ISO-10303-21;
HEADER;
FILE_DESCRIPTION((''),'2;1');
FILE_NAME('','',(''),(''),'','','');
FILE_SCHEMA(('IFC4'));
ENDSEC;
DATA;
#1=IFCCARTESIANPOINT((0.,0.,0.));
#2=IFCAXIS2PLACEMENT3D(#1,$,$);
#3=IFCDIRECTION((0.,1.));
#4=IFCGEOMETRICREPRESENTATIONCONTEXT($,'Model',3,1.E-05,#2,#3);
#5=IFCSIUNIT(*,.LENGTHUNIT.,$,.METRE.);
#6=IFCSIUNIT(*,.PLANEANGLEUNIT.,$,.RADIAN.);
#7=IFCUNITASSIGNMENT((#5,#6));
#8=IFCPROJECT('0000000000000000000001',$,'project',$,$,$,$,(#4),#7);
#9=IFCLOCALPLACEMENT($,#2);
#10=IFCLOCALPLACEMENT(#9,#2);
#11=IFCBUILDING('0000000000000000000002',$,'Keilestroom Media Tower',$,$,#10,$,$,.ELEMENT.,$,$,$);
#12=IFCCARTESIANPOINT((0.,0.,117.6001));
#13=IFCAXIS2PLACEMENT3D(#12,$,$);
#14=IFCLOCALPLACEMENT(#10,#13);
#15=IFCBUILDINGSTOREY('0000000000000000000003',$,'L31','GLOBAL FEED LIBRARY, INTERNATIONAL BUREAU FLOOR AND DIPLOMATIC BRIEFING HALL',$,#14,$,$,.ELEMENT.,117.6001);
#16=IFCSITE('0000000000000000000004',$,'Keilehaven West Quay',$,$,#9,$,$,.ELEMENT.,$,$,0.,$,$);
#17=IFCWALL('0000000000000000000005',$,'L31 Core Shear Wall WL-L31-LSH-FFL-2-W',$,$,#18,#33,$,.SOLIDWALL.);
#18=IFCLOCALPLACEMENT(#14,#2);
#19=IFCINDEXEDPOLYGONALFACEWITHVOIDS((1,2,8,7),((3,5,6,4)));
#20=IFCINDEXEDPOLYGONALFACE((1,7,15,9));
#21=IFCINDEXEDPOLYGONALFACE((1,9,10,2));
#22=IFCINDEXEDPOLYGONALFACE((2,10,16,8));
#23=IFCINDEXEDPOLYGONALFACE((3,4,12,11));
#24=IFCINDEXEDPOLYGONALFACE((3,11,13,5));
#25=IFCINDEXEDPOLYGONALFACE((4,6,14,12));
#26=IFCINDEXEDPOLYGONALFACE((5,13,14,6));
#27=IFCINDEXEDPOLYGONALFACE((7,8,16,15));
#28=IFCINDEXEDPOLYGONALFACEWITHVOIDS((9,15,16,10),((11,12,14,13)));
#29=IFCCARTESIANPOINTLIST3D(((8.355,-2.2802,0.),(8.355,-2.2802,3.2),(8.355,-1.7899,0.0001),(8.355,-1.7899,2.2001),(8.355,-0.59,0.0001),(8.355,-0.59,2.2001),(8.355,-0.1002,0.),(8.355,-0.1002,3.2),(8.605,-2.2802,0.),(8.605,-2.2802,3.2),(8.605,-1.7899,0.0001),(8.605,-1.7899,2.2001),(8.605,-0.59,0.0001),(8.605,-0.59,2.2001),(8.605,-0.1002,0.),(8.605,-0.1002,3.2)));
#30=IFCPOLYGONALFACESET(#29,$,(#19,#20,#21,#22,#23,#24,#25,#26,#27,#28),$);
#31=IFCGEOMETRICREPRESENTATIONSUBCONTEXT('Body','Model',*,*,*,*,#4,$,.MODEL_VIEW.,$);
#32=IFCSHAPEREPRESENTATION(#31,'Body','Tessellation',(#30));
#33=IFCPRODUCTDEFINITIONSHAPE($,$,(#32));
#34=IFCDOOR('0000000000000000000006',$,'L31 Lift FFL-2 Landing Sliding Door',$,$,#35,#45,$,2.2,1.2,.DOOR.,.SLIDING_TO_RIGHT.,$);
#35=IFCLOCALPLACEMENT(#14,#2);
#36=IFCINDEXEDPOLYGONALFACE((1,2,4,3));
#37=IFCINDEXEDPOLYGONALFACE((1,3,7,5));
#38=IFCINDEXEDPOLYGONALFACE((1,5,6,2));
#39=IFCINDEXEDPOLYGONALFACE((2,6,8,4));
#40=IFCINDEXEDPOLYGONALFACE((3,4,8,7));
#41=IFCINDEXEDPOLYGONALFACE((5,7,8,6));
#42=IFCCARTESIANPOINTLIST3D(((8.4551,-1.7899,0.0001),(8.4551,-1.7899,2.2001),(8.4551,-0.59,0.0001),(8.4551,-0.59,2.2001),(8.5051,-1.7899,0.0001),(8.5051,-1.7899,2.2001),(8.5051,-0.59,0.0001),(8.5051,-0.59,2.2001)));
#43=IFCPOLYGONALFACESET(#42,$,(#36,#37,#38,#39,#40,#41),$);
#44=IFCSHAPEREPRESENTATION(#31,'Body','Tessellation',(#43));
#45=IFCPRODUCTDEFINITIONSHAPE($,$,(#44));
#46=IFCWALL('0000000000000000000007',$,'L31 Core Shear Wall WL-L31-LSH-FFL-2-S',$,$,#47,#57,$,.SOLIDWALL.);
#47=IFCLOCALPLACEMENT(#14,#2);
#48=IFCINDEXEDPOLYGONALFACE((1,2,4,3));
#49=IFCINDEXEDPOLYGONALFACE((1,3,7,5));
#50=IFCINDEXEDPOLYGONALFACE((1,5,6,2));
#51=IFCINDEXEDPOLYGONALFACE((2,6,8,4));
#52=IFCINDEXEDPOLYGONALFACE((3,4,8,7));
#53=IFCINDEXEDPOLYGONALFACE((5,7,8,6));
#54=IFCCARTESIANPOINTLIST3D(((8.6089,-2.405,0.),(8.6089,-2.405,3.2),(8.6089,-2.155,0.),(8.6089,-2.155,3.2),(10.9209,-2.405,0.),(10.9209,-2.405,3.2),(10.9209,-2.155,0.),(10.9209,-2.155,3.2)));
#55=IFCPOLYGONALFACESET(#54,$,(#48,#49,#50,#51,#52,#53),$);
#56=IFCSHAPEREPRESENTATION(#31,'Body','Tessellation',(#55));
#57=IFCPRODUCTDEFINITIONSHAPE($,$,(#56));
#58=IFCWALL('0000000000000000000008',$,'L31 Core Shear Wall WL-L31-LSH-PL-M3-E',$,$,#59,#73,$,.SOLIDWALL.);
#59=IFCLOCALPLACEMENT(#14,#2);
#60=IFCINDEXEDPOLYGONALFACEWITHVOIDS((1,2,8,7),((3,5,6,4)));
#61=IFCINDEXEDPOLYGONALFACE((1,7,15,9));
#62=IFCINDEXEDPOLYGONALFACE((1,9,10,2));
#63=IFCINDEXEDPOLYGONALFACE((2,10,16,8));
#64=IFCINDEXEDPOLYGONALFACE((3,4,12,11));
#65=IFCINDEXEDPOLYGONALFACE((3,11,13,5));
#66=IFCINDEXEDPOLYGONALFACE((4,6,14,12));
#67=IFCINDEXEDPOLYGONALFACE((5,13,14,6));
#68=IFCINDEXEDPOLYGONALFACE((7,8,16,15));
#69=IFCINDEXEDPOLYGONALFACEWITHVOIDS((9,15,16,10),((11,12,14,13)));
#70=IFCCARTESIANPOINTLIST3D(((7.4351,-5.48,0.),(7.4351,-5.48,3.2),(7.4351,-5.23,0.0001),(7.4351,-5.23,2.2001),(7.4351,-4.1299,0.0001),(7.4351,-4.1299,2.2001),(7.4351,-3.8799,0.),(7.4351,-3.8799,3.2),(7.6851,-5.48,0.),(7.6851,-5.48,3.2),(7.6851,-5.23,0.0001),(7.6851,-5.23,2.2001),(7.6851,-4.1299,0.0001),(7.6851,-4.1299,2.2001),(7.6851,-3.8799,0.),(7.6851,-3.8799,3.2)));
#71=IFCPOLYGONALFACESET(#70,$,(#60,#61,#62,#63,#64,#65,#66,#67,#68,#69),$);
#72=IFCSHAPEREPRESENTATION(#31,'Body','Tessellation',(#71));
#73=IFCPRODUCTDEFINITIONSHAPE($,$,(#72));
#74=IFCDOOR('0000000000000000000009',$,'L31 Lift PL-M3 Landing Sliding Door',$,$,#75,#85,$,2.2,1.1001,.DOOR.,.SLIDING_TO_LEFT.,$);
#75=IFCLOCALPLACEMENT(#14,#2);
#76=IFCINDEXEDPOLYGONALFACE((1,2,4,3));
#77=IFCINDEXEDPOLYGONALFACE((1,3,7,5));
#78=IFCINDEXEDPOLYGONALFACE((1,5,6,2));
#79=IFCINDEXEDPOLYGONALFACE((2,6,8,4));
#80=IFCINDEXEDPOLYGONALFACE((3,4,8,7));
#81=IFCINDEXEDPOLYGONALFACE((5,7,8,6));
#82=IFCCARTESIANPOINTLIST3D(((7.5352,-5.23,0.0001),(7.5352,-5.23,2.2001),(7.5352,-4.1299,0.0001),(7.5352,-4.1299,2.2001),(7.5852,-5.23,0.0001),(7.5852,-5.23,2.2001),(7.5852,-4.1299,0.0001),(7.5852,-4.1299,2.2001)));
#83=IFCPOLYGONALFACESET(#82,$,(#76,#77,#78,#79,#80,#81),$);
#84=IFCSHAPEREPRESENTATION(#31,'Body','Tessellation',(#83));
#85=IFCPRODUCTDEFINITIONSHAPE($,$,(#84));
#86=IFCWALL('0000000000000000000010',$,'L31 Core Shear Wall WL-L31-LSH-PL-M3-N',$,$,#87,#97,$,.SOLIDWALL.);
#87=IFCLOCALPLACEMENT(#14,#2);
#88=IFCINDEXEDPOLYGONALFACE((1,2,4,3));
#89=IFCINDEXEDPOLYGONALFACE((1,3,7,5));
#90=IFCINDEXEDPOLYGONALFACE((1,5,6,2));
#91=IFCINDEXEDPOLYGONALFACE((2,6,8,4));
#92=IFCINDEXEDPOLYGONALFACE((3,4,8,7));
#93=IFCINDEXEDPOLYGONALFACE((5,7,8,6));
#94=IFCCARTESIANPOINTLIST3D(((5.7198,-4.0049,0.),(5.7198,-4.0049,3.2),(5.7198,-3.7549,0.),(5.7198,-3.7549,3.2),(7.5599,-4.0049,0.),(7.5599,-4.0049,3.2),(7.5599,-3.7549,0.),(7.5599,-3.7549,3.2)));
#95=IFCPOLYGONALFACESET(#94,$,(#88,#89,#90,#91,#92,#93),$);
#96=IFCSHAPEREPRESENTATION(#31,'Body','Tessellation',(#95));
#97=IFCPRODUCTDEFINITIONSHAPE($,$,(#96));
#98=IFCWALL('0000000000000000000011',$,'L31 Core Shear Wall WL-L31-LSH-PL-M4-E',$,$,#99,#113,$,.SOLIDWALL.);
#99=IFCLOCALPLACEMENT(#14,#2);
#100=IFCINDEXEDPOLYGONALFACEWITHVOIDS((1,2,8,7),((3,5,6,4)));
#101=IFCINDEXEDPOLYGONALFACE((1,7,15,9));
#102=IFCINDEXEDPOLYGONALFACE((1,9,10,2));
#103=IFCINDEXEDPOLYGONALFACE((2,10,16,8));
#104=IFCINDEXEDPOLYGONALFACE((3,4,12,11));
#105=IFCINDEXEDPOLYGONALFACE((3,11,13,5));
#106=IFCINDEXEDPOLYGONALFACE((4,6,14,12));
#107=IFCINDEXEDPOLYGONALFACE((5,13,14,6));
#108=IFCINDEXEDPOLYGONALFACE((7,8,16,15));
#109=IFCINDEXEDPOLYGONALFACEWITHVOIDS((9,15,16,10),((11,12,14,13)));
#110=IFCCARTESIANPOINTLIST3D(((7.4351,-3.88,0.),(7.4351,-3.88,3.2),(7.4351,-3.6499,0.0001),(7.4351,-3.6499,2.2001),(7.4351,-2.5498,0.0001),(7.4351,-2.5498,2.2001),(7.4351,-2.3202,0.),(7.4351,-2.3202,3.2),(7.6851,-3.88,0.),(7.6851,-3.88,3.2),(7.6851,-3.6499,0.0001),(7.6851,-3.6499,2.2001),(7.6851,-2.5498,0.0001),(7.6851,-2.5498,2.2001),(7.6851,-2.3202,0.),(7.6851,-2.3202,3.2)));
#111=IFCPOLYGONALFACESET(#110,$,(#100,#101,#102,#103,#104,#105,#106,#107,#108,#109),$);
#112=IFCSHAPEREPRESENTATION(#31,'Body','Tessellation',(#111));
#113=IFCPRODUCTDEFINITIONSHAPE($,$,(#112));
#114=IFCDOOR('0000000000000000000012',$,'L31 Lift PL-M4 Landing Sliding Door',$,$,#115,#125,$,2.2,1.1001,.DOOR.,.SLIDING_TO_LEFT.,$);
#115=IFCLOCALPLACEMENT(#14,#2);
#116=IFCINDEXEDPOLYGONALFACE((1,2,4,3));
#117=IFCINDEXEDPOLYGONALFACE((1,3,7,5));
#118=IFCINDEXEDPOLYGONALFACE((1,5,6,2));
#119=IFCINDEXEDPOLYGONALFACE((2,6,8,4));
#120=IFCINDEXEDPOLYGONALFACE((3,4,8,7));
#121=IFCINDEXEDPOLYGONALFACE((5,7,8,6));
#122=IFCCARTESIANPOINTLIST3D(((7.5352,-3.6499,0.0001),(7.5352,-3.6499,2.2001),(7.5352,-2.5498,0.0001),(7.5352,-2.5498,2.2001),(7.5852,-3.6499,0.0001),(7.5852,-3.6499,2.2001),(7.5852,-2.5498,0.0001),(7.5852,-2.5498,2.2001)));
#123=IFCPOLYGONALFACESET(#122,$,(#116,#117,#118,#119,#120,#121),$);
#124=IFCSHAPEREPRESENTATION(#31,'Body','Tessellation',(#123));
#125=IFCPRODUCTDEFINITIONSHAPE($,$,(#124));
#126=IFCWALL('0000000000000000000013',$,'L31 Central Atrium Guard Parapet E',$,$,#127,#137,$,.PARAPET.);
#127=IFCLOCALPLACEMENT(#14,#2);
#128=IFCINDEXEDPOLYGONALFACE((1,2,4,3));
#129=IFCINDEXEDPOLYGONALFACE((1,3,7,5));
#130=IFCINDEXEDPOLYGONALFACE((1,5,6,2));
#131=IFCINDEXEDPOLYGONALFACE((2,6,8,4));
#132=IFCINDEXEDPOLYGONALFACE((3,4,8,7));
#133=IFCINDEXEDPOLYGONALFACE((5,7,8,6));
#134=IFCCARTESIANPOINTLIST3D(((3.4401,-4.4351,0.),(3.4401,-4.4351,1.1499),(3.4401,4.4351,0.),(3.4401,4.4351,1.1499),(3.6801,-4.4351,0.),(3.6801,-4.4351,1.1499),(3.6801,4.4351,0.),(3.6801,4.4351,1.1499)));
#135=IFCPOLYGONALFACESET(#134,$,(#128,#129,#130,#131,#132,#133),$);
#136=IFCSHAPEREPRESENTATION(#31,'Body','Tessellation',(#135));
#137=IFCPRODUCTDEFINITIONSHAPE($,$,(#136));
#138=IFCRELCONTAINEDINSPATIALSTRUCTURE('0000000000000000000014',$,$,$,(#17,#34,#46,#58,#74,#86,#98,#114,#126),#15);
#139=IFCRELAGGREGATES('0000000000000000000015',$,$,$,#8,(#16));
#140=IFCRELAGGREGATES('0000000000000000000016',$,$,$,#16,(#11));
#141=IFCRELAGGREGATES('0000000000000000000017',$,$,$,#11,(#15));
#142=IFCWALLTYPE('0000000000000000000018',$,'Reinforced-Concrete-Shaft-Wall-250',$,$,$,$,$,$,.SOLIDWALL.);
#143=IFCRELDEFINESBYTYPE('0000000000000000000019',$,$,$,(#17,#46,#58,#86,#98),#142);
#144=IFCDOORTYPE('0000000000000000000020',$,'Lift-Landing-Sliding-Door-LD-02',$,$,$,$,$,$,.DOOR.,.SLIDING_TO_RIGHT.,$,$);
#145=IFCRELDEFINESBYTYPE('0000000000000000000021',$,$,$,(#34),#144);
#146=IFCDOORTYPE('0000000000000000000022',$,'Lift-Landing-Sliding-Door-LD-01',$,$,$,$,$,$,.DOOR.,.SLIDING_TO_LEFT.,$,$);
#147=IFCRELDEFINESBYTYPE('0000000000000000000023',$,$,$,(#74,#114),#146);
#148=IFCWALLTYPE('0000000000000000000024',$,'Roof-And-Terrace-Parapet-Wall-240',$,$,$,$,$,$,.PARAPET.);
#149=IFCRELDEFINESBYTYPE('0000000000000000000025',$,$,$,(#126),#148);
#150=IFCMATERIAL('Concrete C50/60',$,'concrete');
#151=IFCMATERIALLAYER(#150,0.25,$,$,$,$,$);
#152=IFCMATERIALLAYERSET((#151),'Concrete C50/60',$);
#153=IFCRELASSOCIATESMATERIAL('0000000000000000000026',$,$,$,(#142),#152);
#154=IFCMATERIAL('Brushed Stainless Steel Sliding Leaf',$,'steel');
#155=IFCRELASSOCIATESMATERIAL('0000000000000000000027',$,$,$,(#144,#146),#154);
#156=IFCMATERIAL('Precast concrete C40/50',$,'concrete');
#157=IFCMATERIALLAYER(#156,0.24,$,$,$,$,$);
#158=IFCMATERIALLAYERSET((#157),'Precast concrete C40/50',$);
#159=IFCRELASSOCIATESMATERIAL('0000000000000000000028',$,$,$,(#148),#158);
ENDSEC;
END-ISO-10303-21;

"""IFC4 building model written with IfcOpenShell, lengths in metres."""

from ifc_helpers import new_model, si_unit, direction, frame, frame_2d, origin, place, context, subcontext, project, spatial, rectangle, extrude, source, transform, mapped, material, layer, layer_set, type_object, element, fill, save


model = new_model("IFC4")

# Units and contexts
model_context = context("Model", 3, precision=1e-05, world=origin(), true_north=direction((0.0, 1.0)))
body_context = subcontext(model_context, "Body", "Model", "MODEL_VIEW")
ifc_project = project(units=[si_unit("LENGTHUNIT", "METRE"), si_unit("PLANEANGLEUNIT", "RADIAN")], contexts=[model_context])

# Site, building, storey
site_placement = place(None, origin())
site = spatial("IfcSite", under=ifc_project, at=site_placement, Name="Keilehaven West Quay", CompositionType="ELEMENT", RefElevation=0.0)
building_placement = place(site_placement, origin())
building = spatial("IfcBuilding", under=site, at=building_placement, Name="Keilestroom Media Tower", CompositionType="ELEMENT")
storey_placement = place(building_placement, frame((0.0, 0.0, 117.6001)))
storey = spatial("IfcBuildingStorey", under=building, at=storey_placement, Name="L31", Description="GLOBAL FEED LIBRARY, INTERNATIONAL BUREAU FLOOR AND DIPLOMATIC BRIEFING HALL", CompositionType="ELEMENT", Elevation=117.6001)

# Shared definitions
shared_shape_1 = source(origin(), body_context, "Body", "SweptSolid", [
    extrude(rectangle(XDim=1.2, YDim=2.2, at=frame_2d((0.6001, 1.1001))), frame((0.0, 0.0249, 0.0), z_axis=(0.0, -1.0, 0.0), x_axis=(1.0, 0.0, 0.0)), (0.0, 0.0, 1.0), 0.05),
])

# Shared definitions
ifc_material_1 = material(Name="Concrete C50/60", Category="concrete")
ifc_layer_1 = layer(ifc_material_1, 0.25)
ifc_layer_set_1 = layer_set([ifc_layer_1], Name="Concrete C50/60")
wall_type_1 = type_object("IfcWallType", Name="Reinforced-Concrete-Shaft-Wall-250", PredefinedType="SOLIDWALL", material=ifc_layer_set_1)

# Wall, opening, door
wall_1_placement = place(storey_placement, frame((8.48, -2.28, 0.0), z_axis=(0.0, 0.0, 1.0), x_axis=(0.0, 1.0, 0.0)))
wall_1 = element("IfcWall", 1, at=wall_1_placement, inside=storey, type_object=wall_type_1, Name="L31 Core Shear Wall WL-L31-LSH-FFL-2-W", PredefinedType="SOLIDWALL", context=body_context, shape_type="SweptSolid", body=[
    extrude(rectangle(XDim=2.1799, YDim=0.25, at=frame_2d((1.0898, 0.0))), origin(), (0.0, 0.0, 1.0), 3.2),
])
opening_1_placement = place(wall_1_placement, frame((0.49, 0.0, 0.0)))
opening_1 = element("IfcOpeningElement", 2, at=opening_1_placement, cuts=wall_1, PredefinedType="OPENING", context=body_context, shape_type="SweptSolid", body=[
    extrude(rectangle(XDim=1.2, YDim=2.2, at=frame_2d((0.6001, 1.1001))), frame((0.0, 0.135, 0.0), z_axis=(0.0, -1.0, 0.0), x_axis=(1.0, 0.0, 0.0)), (0.0, 0.0, 1.0), 0.27),
])
ifc_material_2 = material(Name="Brushed Stainless Steel Sliding Leaf", Category="steel")
door_type_1 = type_object("IfcDoorType", Name="Lift-Landing-Sliding-Door-LD-02", OperationType="SLIDING_TO_RIGHT", PredefinedType="DOOR", material=ifc_material_2)
door_1_placement = place(opening_1_placement, origin())
door_1 = element("IfcDoor", 3, at=door_1_placement, inside=storey, type_object=door_type_1, Name="L31 Lift FFL-2 Landing Sliding Door", OperationType="SLIDING_TO_RIGHT", OverallHeight=2.2, OverallWidth=1.2, PredefinedType="DOOR", context=body_context, shape_type="MappedRepresentation", body=[
    mapped(shared_shape_1, transform((0.0, 0.0, 0.0), x_axis=(1.0, 0.0, 0.0), y_axis=(0.0, 1.0, 0.0), z_axis=(0.0, 0.0, 1.0), scale=1.0)),
])
fill(opening_1, door_1)

# Wall
wall_2_placement = place(storey_placement, frame((8.6089, -2.28, 0.0), z_axis=(0.0, 0.0, 1.0), x_axis=(1.0, 0.0, 0.0)))
element("IfcWall", 4, at=wall_2_placement, inside=storey, type_object=wall_type_1, Name="L31 Core Shear Wall WL-L31-LSH-FFL-2-S", PredefinedType="SOLIDWALL", context=body_context, shape_type="SweptSolid", body=[
    extrude(rectangle(XDim=2.312, YDim=0.25, at=frame_2d((1.156, 0.0))), origin(), (0.0, 0.0, 1.0), 3.2),
])

# Wall, opening, door
wall_3_placement = place(storey_placement, frame((7.5601, -5.48, 0.0), z_axis=(0.0, 0.0, 1.0), x_axis=(0.0, 1.0, 0.0)))
wall_3 = element("IfcWall", 5, at=wall_3_placement, inside=storey, type_object=wall_type_1, Name="L31 Core Shear Wall WL-L31-LSH-PL-M3-E", PredefinedType="SOLIDWALL", context=body_context, shape_type="SweptSolid", body=[
    extrude(rectangle(XDim=1.6001, YDim=0.25, at=frame_2d((0.8, 0.0))), origin(), (0.0, 0.0, 1.0), 3.2),
])
opening_2_placement = place(wall_3_placement, frame((0.25, 0.0, 0.0)))
opening_2 = element("IfcOpeningElement", 6, at=opening_2_placement, cuts=wall_3, PredefinedType="OPENING", context=body_context, shape_type="SweptSolid", body=[
    extrude(rectangle(XDim=1.1001, YDim=2.2, at=frame_2d((0.55, 1.1001))), frame((0.0, 0.135, 0.0), z_axis=(0.0, -1.0, 0.0), x_axis=(1.0, 0.0, 0.0)), (0.0, 0.0, 1.0), 0.27),
])
door_type_2 = type_object("IfcDoorType", Name="Lift-Landing-Sliding-Door-LD-01", OperationType="SLIDING_TO_LEFT", PredefinedType="DOOR", material=ifc_material_2)
shared_shape_2 = source(origin(), body_context, "Body", "SweptSolid", [
    extrude(rectangle(XDim=1.1001, YDim=2.2, at=frame_2d((0.55, 1.1001))), frame((0.0, 0.0249, 0.0), z_axis=(0.0, -1.0, 0.0), x_axis=(1.0, 0.0, 0.0)), (0.0, 0.0, 1.0), 0.05),
])
door_2_placement = place(opening_2_placement, origin())
door_2 = element("IfcDoor", 7, at=door_2_placement, inside=storey, type_object=door_type_2, Name="L31 Lift PL-M3 Landing Sliding Door", OperationType="SLIDING_TO_LEFT", OverallHeight=2.2, OverallWidth=1.1001, PredefinedType="DOOR", context=body_context, shape_type="MappedRepresentation", body=[
    mapped(shared_shape_2, transform((0.0, 0.0, 0.0), x_axis=(1.0, 0.0, 0.0), y_axis=(0.0, 1.0, 0.0), z_axis=(0.0, 0.0, 1.0), scale=1.0)),
])
fill(opening_2, door_2)

# Wall
wall_4_placement = place(storey_placement, frame((5.72, -3.8799, 0.0), z_axis=(0.0, 0.0, 1.0), x_axis=(1.0, 0.0, 0.0)))
element("IfcWall", 8, at=wall_4_placement, inside=storey, type_object=wall_type_1, Name="L31 Core Shear Wall WL-L31-LSH-PL-M3-N", PredefinedType="SOLIDWALL", context=body_context, shape_type="SweptSolid", body=[
    extrude(rectangle(XDim=1.8401, YDim=0.25, at=frame_2d((0.9199, 0.0))), origin(), (0.0, 0.0, 1.0), 3.2),
])

# Wall, opening, door
wall_5_placement = place(storey_placement, frame((7.5601, -3.8799, 0.0), z_axis=(0.0, 0.0, 1.0), x_axis=(0.0, 1.0, 0.0)))
wall_5 = element("IfcWall", 9, at=wall_5_placement, inside=storey, type_object=wall_type_1, Name="L31 Core Shear Wall WL-L31-LSH-PL-M4-E", PredefinedType="SOLIDWALL", context=body_context, shape_type="SweptSolid", body=[
    extrude(rectangle(XDim=1.5598, YDim=0.25, at=frame_2d((0.7798, 0.0))), origin(), (0.0, 0.0, 1.0), 3.2),
])
opening_3_placement = place(wall_5_placement, frame((0.23, 0.0, 0.0)))
opening_3 = element("IfcOpeningElement", 10, at=opening_3_placement, cuts=wall_5, PredefinedType="OPENING", context=body_context, shape_type="SweptSolid", body=[
    extrude(rectangle(XDim=1.1001, YDim=2.2, at=frame_2d((0.55, 1.1001))), frame((0.0, 0.135, 0.0), z_axis=(0.0, -1.0, 0.0), x_axis=(1.0, 0.0, 0.0)), (0.0, 0.0, 1.0), 0.27),
])
door_3_placement = place(opening_3_placement, origin())
door_3 = element("IfcDoor", 11, at=door_3_placement, inside=storey, type_object=door_type_2, Name="L31 Lift PL-M4 Landing Sliding Door", OperationType="SLIDING_TO_LEFT", OverallHeight=2.2, OverallWidth=1.1001, PredefinedType="DOOR", context=body_context, shape_type="MappedRepresentation", body=[
    mapped(shared_shape_2, transform((0.0, 0.0, 0.0), x_axis=(1.0, 0.0, 0.0), y_axis=(0.0, 1.0, 0.0), z_axis=(0.0, 0.0, 1.0), scale=1.0)),
])
fill(opening_3, door_3)

# Wall
ifc_material_3 = material(Name="Precast concrete C40/50", Category="concrete")
ifc_layer_2 = layer(ifc_material_3, 0.24)
ifc_layer_set_2 = layer_set([ifc_layer_2], Name="Precast concrete C40/50")
wall_type_2 = type_object("IfcWallType", Name="Roof-And-Terrace-Parapet-Wall-240", PredefinedType="PARAPET", material=ifc_layer_set_2)
wall_6_placement = place(storey_placement, frame((3.5601, -4.4351, 0.0), z_axis=(0.0, 0.0, 1.0), x_axis=(0.0, 1.0, 0.0)))
element("IfcWall", 12, at=wall_6_placement, inside=storey, type_object=wall_type_2, Name="L31 Central Atrium Guard Parapet E", PredefinedType="PARAPET", context=body_context, shape_type="SweptSolid", body=[
    extrude(rectangle(XDim=8.8701, YDim=0.24, at=frame_2d((4.4351, 0.0))), origin(), (0.0, 0.0, 1.0), 1.1499),
])

save(model, "model.ifc")
